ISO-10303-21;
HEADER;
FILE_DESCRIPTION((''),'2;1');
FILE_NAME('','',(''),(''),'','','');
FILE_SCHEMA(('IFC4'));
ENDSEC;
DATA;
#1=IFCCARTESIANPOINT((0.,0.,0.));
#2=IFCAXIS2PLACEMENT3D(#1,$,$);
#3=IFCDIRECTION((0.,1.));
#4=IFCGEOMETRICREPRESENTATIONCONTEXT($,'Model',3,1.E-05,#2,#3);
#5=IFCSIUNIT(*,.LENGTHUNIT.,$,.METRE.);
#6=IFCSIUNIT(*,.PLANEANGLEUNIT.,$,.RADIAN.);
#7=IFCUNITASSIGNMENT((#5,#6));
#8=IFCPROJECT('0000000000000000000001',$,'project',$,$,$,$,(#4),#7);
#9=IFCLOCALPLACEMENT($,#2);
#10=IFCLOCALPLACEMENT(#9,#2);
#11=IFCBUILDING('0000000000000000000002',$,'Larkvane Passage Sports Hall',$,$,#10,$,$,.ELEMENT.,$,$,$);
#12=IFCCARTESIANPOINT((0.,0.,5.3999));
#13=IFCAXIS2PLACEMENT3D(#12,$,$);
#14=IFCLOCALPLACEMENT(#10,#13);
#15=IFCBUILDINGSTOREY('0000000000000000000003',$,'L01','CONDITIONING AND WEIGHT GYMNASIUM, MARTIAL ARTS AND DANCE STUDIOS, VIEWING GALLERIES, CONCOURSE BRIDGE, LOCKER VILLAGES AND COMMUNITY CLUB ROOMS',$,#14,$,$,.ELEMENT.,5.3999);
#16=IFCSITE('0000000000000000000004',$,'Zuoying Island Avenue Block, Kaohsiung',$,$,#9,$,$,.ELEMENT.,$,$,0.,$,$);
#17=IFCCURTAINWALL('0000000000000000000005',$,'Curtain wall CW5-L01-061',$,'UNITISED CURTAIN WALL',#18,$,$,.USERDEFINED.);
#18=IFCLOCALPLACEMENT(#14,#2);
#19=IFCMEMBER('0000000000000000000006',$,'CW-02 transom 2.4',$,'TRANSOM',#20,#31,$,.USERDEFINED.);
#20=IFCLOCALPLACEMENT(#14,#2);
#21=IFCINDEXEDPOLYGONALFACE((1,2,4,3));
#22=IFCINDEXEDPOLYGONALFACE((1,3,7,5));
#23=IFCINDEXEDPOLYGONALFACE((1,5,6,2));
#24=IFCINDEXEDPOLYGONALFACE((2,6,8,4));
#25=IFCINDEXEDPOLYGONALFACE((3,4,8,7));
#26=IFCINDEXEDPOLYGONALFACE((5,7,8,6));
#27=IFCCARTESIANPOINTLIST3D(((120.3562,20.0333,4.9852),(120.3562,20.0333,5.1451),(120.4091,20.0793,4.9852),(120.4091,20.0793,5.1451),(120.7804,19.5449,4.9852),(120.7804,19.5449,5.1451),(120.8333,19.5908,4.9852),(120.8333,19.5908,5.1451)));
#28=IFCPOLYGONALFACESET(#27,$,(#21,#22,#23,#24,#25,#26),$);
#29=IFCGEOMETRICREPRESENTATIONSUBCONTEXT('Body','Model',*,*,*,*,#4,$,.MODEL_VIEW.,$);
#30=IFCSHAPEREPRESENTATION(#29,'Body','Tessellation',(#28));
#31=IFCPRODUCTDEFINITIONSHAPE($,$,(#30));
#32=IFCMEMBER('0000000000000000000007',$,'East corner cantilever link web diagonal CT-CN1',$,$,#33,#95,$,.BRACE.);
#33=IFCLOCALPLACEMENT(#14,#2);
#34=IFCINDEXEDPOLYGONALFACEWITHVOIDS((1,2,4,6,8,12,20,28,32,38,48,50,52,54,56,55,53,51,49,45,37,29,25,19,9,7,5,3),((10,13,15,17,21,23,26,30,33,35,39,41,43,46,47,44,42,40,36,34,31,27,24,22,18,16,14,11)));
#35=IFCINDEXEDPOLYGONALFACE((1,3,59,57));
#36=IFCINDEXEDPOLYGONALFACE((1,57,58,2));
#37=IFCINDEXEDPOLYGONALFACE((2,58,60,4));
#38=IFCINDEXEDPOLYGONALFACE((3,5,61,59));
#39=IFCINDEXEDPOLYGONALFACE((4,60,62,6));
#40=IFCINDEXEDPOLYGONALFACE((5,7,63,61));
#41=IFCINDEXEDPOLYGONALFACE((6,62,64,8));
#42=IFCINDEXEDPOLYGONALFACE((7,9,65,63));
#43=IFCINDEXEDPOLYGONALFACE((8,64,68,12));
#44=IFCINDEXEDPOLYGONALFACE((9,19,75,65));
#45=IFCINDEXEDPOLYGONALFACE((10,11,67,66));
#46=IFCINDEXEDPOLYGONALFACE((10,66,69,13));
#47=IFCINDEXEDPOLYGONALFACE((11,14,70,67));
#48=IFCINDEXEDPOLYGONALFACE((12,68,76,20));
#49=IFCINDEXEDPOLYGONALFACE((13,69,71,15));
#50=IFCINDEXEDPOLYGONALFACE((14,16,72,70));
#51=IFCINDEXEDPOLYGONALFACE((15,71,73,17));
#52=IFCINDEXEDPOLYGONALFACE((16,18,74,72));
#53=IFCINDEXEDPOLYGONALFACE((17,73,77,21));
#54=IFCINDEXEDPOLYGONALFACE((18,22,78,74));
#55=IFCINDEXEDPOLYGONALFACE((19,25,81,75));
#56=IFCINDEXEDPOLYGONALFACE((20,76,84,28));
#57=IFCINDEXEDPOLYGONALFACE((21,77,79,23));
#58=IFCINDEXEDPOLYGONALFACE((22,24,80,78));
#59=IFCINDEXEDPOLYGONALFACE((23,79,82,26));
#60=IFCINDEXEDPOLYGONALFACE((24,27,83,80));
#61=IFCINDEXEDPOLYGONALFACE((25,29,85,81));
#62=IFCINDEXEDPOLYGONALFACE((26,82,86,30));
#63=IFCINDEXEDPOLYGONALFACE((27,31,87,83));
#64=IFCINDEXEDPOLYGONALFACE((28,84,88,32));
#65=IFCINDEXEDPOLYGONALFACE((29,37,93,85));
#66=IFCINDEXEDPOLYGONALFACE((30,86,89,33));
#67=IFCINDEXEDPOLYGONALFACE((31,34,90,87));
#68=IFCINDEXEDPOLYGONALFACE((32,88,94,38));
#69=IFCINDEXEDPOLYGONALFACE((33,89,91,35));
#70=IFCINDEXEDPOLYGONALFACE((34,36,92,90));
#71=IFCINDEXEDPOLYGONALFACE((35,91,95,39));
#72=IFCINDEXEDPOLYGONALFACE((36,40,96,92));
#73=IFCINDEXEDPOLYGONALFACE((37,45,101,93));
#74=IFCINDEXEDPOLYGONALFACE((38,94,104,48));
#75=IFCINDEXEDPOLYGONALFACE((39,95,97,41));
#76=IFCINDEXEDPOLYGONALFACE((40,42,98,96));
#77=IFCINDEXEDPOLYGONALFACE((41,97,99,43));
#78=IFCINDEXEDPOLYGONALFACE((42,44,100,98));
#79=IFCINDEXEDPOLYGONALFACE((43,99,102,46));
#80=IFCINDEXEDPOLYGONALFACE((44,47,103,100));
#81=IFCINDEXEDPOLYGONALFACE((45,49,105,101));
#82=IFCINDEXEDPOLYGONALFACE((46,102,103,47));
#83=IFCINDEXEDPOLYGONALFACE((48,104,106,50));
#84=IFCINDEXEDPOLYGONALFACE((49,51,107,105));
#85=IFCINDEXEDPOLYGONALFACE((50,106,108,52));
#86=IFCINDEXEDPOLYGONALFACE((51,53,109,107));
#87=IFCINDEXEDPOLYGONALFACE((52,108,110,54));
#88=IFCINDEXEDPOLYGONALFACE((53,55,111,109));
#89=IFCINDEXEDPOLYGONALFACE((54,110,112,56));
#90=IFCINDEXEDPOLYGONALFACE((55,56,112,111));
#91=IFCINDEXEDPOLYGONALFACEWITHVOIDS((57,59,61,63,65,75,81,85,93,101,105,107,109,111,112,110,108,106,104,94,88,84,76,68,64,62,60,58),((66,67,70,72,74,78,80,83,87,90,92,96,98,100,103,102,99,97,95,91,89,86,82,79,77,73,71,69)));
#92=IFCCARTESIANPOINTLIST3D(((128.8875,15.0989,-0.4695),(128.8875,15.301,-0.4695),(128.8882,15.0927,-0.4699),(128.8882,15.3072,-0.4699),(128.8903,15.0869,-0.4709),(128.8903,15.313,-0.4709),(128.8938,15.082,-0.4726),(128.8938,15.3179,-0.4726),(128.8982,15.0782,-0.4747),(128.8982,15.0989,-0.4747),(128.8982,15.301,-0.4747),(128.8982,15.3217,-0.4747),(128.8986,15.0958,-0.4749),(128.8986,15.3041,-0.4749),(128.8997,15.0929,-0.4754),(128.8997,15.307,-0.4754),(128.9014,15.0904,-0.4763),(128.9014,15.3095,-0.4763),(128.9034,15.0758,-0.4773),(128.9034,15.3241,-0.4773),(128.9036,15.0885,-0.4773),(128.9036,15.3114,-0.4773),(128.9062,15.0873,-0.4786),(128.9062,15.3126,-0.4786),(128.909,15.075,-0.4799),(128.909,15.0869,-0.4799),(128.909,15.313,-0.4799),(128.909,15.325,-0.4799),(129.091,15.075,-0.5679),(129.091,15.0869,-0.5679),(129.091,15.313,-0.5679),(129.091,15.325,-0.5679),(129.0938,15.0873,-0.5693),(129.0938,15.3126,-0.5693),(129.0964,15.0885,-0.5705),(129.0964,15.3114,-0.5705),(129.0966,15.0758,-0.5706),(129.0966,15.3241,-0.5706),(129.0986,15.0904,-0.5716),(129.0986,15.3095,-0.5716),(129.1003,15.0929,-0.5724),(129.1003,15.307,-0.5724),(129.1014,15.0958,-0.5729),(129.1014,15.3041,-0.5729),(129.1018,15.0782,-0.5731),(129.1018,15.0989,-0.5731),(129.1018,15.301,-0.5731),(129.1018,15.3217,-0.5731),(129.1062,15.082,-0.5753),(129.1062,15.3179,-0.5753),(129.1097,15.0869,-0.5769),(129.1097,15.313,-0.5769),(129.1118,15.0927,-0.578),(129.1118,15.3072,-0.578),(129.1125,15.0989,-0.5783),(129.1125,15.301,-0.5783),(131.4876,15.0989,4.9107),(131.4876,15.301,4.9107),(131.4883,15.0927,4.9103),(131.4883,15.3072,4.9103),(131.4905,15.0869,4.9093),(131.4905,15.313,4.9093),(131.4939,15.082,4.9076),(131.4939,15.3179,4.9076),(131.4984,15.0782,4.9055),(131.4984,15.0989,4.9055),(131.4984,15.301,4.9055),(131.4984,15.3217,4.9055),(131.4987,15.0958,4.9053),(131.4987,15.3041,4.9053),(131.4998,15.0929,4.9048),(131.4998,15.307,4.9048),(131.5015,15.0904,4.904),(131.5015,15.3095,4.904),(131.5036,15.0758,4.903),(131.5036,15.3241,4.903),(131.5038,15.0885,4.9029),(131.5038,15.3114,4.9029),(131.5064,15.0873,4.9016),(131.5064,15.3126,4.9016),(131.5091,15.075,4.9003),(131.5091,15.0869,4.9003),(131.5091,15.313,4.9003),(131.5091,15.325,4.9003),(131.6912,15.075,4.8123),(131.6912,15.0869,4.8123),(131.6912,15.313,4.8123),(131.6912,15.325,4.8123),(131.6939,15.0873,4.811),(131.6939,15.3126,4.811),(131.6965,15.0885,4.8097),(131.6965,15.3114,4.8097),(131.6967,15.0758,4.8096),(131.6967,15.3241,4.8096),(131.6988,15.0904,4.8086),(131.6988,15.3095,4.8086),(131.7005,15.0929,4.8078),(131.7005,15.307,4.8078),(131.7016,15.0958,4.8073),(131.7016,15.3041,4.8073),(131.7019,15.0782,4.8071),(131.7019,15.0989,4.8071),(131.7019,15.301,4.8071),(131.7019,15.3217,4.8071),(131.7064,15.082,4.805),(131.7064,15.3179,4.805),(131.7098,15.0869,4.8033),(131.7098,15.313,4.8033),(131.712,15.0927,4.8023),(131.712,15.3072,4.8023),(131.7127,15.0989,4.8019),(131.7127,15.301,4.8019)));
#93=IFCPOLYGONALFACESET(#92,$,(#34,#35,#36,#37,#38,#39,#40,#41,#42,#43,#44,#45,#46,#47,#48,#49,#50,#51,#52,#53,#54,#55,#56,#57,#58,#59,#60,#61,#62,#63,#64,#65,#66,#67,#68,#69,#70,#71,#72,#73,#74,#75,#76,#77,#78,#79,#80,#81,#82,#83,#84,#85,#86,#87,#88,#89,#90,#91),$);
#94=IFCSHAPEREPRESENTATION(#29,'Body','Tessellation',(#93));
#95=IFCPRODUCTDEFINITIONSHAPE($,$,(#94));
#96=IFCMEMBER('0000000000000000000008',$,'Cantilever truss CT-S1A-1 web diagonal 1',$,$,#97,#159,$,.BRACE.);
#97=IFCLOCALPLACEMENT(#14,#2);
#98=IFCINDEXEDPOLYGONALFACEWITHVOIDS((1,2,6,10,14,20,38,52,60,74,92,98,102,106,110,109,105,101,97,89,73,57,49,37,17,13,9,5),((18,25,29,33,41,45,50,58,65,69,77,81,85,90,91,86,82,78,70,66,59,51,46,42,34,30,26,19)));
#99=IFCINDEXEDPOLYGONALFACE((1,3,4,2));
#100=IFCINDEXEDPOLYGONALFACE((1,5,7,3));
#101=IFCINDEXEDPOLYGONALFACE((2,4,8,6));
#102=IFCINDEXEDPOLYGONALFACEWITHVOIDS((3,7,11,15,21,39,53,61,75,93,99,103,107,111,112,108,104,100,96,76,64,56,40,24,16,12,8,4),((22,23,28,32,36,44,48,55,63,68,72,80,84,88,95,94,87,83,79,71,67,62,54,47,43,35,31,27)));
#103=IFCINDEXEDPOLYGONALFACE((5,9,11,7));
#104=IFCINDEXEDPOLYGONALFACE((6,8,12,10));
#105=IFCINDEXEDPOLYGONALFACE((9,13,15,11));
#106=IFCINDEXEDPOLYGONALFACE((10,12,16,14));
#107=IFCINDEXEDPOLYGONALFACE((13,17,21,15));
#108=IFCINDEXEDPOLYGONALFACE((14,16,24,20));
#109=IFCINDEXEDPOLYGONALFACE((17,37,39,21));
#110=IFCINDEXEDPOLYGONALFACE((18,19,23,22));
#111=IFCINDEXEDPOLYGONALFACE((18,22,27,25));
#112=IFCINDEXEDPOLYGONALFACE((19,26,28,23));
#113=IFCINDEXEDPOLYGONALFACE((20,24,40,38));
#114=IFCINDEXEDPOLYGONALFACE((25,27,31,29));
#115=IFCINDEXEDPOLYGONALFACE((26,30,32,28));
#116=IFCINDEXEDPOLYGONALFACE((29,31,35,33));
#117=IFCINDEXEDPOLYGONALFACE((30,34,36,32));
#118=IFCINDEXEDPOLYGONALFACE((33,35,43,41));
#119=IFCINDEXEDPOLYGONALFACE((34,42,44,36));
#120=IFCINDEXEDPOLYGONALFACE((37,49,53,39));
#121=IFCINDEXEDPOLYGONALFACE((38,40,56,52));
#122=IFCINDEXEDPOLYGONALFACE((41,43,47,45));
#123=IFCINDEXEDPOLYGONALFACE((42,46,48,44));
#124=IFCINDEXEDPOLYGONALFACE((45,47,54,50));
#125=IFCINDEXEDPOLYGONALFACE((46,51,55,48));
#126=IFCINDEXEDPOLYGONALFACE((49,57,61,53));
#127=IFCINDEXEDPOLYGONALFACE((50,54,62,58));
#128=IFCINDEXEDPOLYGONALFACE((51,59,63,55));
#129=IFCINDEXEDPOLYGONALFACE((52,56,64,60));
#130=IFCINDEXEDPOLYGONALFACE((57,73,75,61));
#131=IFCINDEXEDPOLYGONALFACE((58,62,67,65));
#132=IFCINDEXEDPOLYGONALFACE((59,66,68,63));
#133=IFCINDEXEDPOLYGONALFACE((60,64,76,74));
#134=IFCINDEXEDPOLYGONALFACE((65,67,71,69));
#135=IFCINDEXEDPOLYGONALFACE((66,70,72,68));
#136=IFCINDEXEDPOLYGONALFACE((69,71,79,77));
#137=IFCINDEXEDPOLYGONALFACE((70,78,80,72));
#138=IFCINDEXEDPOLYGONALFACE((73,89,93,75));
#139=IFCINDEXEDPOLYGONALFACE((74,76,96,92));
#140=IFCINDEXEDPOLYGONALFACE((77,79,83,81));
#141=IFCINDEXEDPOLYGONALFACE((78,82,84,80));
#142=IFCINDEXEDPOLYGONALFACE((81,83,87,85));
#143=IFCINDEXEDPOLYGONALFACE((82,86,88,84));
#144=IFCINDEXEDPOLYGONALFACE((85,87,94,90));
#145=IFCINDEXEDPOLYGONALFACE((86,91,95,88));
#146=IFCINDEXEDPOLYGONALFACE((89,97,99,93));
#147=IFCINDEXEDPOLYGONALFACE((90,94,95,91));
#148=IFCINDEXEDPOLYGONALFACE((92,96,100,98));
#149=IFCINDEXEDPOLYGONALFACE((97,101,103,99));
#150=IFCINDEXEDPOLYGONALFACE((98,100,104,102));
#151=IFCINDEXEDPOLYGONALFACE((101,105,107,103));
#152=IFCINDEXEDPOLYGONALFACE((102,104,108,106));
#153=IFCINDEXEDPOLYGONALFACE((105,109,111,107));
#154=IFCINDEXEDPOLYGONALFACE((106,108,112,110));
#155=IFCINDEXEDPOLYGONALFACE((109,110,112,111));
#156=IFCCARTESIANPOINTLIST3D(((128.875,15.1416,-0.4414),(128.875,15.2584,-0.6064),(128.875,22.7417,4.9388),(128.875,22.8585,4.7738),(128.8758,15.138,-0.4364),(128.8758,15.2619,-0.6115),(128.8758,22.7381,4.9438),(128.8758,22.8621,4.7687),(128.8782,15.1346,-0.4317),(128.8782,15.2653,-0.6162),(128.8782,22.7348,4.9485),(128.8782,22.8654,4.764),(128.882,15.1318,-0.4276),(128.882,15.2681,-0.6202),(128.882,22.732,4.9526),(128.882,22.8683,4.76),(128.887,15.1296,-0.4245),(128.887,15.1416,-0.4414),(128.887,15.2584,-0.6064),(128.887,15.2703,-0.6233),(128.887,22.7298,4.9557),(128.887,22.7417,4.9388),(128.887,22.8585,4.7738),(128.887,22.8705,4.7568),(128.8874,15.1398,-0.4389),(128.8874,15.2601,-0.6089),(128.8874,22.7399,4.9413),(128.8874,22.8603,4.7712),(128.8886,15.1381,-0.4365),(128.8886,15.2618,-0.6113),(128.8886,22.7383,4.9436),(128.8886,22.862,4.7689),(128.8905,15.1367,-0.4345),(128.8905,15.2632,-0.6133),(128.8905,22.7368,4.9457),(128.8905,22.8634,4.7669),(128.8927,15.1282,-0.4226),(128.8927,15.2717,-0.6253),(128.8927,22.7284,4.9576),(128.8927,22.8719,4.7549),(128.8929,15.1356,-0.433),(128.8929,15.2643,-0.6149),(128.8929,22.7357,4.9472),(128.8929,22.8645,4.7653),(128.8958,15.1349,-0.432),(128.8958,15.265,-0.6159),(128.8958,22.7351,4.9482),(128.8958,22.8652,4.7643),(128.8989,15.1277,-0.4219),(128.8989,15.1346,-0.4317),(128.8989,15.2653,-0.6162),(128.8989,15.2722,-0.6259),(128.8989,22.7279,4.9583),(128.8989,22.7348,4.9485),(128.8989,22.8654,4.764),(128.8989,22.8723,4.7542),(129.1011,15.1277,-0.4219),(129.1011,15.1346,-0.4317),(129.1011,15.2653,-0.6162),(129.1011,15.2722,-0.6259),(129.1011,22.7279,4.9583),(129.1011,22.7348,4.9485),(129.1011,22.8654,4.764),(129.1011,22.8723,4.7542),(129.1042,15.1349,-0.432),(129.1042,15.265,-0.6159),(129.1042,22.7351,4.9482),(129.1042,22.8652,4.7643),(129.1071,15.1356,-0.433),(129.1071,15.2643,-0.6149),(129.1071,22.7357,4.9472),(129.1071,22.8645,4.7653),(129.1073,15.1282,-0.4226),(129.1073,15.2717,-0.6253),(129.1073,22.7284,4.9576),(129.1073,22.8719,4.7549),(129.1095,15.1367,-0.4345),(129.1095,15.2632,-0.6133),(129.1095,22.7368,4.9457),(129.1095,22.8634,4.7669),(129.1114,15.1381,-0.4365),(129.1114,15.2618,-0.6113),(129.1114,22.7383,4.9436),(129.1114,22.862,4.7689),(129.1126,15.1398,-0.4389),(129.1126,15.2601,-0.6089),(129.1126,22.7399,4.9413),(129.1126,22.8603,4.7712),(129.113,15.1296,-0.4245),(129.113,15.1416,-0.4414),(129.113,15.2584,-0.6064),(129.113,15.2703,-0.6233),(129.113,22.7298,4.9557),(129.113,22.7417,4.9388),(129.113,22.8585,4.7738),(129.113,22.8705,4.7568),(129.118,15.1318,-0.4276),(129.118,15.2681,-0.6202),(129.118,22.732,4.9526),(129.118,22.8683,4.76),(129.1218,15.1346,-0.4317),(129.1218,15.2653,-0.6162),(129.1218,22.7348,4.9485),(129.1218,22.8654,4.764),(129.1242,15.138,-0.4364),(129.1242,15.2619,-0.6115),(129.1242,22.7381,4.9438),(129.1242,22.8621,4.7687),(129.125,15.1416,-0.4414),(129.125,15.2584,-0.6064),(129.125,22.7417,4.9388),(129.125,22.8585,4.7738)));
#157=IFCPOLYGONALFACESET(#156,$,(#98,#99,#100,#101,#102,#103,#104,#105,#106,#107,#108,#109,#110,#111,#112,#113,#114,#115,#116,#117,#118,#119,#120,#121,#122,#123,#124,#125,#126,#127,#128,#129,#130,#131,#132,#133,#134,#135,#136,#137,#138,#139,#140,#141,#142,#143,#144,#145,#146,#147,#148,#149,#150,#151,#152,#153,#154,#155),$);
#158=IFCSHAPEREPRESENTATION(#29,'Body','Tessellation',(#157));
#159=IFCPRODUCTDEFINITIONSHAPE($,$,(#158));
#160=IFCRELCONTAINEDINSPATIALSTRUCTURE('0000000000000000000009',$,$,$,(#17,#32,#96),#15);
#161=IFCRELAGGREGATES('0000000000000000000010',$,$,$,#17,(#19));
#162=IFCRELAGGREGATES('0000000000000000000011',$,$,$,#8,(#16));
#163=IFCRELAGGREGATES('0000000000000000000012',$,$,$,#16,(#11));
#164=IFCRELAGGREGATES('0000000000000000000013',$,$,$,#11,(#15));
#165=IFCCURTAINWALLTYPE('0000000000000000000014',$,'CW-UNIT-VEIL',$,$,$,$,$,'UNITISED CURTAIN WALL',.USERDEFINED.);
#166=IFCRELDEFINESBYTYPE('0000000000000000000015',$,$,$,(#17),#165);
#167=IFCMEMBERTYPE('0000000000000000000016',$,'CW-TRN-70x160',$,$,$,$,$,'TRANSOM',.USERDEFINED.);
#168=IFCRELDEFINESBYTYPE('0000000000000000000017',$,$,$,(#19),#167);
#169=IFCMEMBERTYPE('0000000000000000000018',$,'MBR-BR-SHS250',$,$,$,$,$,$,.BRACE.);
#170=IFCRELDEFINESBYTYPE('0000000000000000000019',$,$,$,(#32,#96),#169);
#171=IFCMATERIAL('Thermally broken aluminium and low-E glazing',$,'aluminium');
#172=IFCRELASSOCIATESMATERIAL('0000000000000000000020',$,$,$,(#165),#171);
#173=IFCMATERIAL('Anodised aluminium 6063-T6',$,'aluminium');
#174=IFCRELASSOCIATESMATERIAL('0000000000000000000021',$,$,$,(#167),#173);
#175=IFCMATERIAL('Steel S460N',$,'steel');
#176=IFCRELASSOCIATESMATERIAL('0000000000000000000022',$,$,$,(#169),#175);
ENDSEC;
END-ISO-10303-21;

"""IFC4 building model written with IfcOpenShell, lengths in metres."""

from ifc_helpers import new_model, si_unit, direction, frame, origin, origin_2d, place, context, subcontext, project, spatial, rectangle, hollow_rectangle, extrude, material, material_profile, profile_set, type_object, element, aggregate, save


model = new_model("IFC4")

# Units and contexts
model_context = context("Model", 3, precision=1e-05, world=origin(), true_north=direction((0.0, 1.0)))
body_context = subcontext(model_context, "Body", "Model", "MODEL_VIEW")
ifc_project = project(units=[si_unit("LENGTHUNIT", "METRE"), si_unit("PLANEANGLEUNIT", "RADIAN")], contexts=[model_context])

# Site, building, storey
site_placement = place(None, origin())
site = spatial("IfcSite", under=ifc_project, at=site_placement, Name="Zuoying Island Avenue Block, Kaohsiung", CompositionType="ELEMENT", RefElevation=0.0)
building_placement = place(site_placement, origin())
building = spatial("IfcBuilding", under=site, at=building_placement, Name="Larkvane Passage Sports Hall", CompositionType="ELEMENT")
storey_placement = place(building_placement, frame((0.0, 0.0, 5.3999)))
storey = spatial("IfcBuildingStorey", under=building, at=storey_placement, Name="L01", Description="CONDITIONING AND WEIGHT GYMNASIUM, MARTIAL ARTS AND DANCE STUDIOS, VIEWING GALLERIES, CONCOURSE BRIDGE, LOCKER VILLAGES AND COMMUNITY CLUB ROOMS", CompositionType="ELEMENT", Elevation=5.3999)

# Shared definitions
ifc_material_1 = material(Name="Steel S460N", Category="steel")

# Curtain wall, member
ifc_material_2 = material(Name="Thermally broken aluminium and low-E glazing", Category="aluminium")
curtain_wall_type = type_object("IfcCurtainWallType", Name="CW-UNIT-VEIL", ElementType="UNITISED CURTAIN WALL", PredefinedType="USERDEFINED", material=ifc_material_2)
curtain_wall_placement = place(storey_placement, origin())
curtain_wall = element("IfcCurtainWall", 1, at=curtain_wall_placement, inside=storey, type_object=curtain_wall_type, Name="Curtain wall CW5-L01-061", ObjectType="UNITISED CURTAIN WALL", PredefinedType="USERDEFINED")
ifc_material_3 = material(Name="Anodised aluminium 6063-T6", Category="aluminium")
ifc_material_profile_1 = material_profile(ifc_material_3, rectangle(XDim=0.0701, YDim=0.1599, at=origin_2d()), Name="ALU-TRN-70x160")
ifc_profile_set_1 = profile_set([ifc_material_profile_1], Name="Anodised aluminium 6063-T6")
member_type_1 = type_object("IfcMemberType", Name="CW-TRN-70x160", ElementType="TRANSOM", PredefinedType="USERDEFINED", material=ifc_profile_set_1)
member_1_placement = place(storey_placement, frame((120.8069, 19.5679, 5.0652), z_axis=(-0.655749, 0.754979, 0.0), x_axis=(-0.754979, -0.655749, 0.0)))
member_1 = element("IfcMember", 2, at=member_1_placement, type_object=member_type_1, Name="CW-02 transom 2.4", ObjectType="TRANSOM", PredefinedType="USERDEFINED", context=body_context, shape_type="SweptSolid", body=[
    extrude(rectangle(XDim=0.0701, YDim=0.1599, at=origin_2d()), origin(), (0.0, 0.0, 1.0), 0.647),
])

# Members
ifc_material_profile_2 = material_profile(ifc_material_1, hollow_rectangle(XDim=0.25, YDim=0.25, WallThickness=0.012, InnerFilletRadius=0.012, OuterFilletRadius=0.0239, at=origin_2d()), Name="SHS-250x250x12")
ifc_profile_set_2 = profile_set([ifc_material_profile_2], Name="Steel S460N")
member_type_2 = type_object("IfcMemberType", Name="MBR-BR-SHS250", PredefinedType="BRACE", material=ifc_profile_set_2)
member_2_placement = place(storey_placement, frame((129.0, 15.2, -0.5239), z_axis=(0.435128, 0.0, 0.900368), x_axis=(0.0, 1.0, 0.0)))
element("IfcMember", 3, at=member_2_placement, inside=storey, type_object=member_type_2, Name="East corner cantilever link web diagonal CT-CN1", PredefinedType="BRACE", context=body_context, shape_type="SweptSolid", body=[
    extrude(hollow_rectangle(XDim=0.25, YDim=0.25, WallThickness=0.012, InnerFilletRadius=0.012, OuterFilletRadius=0.0239, at=origin_2d()), origin(), (0.0, 0.0, 1.0), 5.9756),
])
member_3_placement = place(storey_placement, frame((129.0, 15.2, -0.5239), z_axis=(0.0, 0.81619, 0.577783), x_axis=(-1.0, 0.0, 0.0)))
element("IfcMember", 4, at=member_3_placement, inside=storey, type_object=member_type_2, Name="Cantilever truss CT-S1A-1 web diagonal 1", PredefinedType="BRACE", context=body_context, shape_type="SweptSolid", body=[
    extrude(hollow_rectangle(XDim=0.25, YDim=0.25, WallThickness=0.012, InnerFilletRadius=0.012, OuterFilletRadius=0.0239, at=origin_2d()), origin(), (0.0, 0.0, 1.0), 9.3118),
])

aggregate(curtain_wall, [member_1])

save(model, "model.ifc")
